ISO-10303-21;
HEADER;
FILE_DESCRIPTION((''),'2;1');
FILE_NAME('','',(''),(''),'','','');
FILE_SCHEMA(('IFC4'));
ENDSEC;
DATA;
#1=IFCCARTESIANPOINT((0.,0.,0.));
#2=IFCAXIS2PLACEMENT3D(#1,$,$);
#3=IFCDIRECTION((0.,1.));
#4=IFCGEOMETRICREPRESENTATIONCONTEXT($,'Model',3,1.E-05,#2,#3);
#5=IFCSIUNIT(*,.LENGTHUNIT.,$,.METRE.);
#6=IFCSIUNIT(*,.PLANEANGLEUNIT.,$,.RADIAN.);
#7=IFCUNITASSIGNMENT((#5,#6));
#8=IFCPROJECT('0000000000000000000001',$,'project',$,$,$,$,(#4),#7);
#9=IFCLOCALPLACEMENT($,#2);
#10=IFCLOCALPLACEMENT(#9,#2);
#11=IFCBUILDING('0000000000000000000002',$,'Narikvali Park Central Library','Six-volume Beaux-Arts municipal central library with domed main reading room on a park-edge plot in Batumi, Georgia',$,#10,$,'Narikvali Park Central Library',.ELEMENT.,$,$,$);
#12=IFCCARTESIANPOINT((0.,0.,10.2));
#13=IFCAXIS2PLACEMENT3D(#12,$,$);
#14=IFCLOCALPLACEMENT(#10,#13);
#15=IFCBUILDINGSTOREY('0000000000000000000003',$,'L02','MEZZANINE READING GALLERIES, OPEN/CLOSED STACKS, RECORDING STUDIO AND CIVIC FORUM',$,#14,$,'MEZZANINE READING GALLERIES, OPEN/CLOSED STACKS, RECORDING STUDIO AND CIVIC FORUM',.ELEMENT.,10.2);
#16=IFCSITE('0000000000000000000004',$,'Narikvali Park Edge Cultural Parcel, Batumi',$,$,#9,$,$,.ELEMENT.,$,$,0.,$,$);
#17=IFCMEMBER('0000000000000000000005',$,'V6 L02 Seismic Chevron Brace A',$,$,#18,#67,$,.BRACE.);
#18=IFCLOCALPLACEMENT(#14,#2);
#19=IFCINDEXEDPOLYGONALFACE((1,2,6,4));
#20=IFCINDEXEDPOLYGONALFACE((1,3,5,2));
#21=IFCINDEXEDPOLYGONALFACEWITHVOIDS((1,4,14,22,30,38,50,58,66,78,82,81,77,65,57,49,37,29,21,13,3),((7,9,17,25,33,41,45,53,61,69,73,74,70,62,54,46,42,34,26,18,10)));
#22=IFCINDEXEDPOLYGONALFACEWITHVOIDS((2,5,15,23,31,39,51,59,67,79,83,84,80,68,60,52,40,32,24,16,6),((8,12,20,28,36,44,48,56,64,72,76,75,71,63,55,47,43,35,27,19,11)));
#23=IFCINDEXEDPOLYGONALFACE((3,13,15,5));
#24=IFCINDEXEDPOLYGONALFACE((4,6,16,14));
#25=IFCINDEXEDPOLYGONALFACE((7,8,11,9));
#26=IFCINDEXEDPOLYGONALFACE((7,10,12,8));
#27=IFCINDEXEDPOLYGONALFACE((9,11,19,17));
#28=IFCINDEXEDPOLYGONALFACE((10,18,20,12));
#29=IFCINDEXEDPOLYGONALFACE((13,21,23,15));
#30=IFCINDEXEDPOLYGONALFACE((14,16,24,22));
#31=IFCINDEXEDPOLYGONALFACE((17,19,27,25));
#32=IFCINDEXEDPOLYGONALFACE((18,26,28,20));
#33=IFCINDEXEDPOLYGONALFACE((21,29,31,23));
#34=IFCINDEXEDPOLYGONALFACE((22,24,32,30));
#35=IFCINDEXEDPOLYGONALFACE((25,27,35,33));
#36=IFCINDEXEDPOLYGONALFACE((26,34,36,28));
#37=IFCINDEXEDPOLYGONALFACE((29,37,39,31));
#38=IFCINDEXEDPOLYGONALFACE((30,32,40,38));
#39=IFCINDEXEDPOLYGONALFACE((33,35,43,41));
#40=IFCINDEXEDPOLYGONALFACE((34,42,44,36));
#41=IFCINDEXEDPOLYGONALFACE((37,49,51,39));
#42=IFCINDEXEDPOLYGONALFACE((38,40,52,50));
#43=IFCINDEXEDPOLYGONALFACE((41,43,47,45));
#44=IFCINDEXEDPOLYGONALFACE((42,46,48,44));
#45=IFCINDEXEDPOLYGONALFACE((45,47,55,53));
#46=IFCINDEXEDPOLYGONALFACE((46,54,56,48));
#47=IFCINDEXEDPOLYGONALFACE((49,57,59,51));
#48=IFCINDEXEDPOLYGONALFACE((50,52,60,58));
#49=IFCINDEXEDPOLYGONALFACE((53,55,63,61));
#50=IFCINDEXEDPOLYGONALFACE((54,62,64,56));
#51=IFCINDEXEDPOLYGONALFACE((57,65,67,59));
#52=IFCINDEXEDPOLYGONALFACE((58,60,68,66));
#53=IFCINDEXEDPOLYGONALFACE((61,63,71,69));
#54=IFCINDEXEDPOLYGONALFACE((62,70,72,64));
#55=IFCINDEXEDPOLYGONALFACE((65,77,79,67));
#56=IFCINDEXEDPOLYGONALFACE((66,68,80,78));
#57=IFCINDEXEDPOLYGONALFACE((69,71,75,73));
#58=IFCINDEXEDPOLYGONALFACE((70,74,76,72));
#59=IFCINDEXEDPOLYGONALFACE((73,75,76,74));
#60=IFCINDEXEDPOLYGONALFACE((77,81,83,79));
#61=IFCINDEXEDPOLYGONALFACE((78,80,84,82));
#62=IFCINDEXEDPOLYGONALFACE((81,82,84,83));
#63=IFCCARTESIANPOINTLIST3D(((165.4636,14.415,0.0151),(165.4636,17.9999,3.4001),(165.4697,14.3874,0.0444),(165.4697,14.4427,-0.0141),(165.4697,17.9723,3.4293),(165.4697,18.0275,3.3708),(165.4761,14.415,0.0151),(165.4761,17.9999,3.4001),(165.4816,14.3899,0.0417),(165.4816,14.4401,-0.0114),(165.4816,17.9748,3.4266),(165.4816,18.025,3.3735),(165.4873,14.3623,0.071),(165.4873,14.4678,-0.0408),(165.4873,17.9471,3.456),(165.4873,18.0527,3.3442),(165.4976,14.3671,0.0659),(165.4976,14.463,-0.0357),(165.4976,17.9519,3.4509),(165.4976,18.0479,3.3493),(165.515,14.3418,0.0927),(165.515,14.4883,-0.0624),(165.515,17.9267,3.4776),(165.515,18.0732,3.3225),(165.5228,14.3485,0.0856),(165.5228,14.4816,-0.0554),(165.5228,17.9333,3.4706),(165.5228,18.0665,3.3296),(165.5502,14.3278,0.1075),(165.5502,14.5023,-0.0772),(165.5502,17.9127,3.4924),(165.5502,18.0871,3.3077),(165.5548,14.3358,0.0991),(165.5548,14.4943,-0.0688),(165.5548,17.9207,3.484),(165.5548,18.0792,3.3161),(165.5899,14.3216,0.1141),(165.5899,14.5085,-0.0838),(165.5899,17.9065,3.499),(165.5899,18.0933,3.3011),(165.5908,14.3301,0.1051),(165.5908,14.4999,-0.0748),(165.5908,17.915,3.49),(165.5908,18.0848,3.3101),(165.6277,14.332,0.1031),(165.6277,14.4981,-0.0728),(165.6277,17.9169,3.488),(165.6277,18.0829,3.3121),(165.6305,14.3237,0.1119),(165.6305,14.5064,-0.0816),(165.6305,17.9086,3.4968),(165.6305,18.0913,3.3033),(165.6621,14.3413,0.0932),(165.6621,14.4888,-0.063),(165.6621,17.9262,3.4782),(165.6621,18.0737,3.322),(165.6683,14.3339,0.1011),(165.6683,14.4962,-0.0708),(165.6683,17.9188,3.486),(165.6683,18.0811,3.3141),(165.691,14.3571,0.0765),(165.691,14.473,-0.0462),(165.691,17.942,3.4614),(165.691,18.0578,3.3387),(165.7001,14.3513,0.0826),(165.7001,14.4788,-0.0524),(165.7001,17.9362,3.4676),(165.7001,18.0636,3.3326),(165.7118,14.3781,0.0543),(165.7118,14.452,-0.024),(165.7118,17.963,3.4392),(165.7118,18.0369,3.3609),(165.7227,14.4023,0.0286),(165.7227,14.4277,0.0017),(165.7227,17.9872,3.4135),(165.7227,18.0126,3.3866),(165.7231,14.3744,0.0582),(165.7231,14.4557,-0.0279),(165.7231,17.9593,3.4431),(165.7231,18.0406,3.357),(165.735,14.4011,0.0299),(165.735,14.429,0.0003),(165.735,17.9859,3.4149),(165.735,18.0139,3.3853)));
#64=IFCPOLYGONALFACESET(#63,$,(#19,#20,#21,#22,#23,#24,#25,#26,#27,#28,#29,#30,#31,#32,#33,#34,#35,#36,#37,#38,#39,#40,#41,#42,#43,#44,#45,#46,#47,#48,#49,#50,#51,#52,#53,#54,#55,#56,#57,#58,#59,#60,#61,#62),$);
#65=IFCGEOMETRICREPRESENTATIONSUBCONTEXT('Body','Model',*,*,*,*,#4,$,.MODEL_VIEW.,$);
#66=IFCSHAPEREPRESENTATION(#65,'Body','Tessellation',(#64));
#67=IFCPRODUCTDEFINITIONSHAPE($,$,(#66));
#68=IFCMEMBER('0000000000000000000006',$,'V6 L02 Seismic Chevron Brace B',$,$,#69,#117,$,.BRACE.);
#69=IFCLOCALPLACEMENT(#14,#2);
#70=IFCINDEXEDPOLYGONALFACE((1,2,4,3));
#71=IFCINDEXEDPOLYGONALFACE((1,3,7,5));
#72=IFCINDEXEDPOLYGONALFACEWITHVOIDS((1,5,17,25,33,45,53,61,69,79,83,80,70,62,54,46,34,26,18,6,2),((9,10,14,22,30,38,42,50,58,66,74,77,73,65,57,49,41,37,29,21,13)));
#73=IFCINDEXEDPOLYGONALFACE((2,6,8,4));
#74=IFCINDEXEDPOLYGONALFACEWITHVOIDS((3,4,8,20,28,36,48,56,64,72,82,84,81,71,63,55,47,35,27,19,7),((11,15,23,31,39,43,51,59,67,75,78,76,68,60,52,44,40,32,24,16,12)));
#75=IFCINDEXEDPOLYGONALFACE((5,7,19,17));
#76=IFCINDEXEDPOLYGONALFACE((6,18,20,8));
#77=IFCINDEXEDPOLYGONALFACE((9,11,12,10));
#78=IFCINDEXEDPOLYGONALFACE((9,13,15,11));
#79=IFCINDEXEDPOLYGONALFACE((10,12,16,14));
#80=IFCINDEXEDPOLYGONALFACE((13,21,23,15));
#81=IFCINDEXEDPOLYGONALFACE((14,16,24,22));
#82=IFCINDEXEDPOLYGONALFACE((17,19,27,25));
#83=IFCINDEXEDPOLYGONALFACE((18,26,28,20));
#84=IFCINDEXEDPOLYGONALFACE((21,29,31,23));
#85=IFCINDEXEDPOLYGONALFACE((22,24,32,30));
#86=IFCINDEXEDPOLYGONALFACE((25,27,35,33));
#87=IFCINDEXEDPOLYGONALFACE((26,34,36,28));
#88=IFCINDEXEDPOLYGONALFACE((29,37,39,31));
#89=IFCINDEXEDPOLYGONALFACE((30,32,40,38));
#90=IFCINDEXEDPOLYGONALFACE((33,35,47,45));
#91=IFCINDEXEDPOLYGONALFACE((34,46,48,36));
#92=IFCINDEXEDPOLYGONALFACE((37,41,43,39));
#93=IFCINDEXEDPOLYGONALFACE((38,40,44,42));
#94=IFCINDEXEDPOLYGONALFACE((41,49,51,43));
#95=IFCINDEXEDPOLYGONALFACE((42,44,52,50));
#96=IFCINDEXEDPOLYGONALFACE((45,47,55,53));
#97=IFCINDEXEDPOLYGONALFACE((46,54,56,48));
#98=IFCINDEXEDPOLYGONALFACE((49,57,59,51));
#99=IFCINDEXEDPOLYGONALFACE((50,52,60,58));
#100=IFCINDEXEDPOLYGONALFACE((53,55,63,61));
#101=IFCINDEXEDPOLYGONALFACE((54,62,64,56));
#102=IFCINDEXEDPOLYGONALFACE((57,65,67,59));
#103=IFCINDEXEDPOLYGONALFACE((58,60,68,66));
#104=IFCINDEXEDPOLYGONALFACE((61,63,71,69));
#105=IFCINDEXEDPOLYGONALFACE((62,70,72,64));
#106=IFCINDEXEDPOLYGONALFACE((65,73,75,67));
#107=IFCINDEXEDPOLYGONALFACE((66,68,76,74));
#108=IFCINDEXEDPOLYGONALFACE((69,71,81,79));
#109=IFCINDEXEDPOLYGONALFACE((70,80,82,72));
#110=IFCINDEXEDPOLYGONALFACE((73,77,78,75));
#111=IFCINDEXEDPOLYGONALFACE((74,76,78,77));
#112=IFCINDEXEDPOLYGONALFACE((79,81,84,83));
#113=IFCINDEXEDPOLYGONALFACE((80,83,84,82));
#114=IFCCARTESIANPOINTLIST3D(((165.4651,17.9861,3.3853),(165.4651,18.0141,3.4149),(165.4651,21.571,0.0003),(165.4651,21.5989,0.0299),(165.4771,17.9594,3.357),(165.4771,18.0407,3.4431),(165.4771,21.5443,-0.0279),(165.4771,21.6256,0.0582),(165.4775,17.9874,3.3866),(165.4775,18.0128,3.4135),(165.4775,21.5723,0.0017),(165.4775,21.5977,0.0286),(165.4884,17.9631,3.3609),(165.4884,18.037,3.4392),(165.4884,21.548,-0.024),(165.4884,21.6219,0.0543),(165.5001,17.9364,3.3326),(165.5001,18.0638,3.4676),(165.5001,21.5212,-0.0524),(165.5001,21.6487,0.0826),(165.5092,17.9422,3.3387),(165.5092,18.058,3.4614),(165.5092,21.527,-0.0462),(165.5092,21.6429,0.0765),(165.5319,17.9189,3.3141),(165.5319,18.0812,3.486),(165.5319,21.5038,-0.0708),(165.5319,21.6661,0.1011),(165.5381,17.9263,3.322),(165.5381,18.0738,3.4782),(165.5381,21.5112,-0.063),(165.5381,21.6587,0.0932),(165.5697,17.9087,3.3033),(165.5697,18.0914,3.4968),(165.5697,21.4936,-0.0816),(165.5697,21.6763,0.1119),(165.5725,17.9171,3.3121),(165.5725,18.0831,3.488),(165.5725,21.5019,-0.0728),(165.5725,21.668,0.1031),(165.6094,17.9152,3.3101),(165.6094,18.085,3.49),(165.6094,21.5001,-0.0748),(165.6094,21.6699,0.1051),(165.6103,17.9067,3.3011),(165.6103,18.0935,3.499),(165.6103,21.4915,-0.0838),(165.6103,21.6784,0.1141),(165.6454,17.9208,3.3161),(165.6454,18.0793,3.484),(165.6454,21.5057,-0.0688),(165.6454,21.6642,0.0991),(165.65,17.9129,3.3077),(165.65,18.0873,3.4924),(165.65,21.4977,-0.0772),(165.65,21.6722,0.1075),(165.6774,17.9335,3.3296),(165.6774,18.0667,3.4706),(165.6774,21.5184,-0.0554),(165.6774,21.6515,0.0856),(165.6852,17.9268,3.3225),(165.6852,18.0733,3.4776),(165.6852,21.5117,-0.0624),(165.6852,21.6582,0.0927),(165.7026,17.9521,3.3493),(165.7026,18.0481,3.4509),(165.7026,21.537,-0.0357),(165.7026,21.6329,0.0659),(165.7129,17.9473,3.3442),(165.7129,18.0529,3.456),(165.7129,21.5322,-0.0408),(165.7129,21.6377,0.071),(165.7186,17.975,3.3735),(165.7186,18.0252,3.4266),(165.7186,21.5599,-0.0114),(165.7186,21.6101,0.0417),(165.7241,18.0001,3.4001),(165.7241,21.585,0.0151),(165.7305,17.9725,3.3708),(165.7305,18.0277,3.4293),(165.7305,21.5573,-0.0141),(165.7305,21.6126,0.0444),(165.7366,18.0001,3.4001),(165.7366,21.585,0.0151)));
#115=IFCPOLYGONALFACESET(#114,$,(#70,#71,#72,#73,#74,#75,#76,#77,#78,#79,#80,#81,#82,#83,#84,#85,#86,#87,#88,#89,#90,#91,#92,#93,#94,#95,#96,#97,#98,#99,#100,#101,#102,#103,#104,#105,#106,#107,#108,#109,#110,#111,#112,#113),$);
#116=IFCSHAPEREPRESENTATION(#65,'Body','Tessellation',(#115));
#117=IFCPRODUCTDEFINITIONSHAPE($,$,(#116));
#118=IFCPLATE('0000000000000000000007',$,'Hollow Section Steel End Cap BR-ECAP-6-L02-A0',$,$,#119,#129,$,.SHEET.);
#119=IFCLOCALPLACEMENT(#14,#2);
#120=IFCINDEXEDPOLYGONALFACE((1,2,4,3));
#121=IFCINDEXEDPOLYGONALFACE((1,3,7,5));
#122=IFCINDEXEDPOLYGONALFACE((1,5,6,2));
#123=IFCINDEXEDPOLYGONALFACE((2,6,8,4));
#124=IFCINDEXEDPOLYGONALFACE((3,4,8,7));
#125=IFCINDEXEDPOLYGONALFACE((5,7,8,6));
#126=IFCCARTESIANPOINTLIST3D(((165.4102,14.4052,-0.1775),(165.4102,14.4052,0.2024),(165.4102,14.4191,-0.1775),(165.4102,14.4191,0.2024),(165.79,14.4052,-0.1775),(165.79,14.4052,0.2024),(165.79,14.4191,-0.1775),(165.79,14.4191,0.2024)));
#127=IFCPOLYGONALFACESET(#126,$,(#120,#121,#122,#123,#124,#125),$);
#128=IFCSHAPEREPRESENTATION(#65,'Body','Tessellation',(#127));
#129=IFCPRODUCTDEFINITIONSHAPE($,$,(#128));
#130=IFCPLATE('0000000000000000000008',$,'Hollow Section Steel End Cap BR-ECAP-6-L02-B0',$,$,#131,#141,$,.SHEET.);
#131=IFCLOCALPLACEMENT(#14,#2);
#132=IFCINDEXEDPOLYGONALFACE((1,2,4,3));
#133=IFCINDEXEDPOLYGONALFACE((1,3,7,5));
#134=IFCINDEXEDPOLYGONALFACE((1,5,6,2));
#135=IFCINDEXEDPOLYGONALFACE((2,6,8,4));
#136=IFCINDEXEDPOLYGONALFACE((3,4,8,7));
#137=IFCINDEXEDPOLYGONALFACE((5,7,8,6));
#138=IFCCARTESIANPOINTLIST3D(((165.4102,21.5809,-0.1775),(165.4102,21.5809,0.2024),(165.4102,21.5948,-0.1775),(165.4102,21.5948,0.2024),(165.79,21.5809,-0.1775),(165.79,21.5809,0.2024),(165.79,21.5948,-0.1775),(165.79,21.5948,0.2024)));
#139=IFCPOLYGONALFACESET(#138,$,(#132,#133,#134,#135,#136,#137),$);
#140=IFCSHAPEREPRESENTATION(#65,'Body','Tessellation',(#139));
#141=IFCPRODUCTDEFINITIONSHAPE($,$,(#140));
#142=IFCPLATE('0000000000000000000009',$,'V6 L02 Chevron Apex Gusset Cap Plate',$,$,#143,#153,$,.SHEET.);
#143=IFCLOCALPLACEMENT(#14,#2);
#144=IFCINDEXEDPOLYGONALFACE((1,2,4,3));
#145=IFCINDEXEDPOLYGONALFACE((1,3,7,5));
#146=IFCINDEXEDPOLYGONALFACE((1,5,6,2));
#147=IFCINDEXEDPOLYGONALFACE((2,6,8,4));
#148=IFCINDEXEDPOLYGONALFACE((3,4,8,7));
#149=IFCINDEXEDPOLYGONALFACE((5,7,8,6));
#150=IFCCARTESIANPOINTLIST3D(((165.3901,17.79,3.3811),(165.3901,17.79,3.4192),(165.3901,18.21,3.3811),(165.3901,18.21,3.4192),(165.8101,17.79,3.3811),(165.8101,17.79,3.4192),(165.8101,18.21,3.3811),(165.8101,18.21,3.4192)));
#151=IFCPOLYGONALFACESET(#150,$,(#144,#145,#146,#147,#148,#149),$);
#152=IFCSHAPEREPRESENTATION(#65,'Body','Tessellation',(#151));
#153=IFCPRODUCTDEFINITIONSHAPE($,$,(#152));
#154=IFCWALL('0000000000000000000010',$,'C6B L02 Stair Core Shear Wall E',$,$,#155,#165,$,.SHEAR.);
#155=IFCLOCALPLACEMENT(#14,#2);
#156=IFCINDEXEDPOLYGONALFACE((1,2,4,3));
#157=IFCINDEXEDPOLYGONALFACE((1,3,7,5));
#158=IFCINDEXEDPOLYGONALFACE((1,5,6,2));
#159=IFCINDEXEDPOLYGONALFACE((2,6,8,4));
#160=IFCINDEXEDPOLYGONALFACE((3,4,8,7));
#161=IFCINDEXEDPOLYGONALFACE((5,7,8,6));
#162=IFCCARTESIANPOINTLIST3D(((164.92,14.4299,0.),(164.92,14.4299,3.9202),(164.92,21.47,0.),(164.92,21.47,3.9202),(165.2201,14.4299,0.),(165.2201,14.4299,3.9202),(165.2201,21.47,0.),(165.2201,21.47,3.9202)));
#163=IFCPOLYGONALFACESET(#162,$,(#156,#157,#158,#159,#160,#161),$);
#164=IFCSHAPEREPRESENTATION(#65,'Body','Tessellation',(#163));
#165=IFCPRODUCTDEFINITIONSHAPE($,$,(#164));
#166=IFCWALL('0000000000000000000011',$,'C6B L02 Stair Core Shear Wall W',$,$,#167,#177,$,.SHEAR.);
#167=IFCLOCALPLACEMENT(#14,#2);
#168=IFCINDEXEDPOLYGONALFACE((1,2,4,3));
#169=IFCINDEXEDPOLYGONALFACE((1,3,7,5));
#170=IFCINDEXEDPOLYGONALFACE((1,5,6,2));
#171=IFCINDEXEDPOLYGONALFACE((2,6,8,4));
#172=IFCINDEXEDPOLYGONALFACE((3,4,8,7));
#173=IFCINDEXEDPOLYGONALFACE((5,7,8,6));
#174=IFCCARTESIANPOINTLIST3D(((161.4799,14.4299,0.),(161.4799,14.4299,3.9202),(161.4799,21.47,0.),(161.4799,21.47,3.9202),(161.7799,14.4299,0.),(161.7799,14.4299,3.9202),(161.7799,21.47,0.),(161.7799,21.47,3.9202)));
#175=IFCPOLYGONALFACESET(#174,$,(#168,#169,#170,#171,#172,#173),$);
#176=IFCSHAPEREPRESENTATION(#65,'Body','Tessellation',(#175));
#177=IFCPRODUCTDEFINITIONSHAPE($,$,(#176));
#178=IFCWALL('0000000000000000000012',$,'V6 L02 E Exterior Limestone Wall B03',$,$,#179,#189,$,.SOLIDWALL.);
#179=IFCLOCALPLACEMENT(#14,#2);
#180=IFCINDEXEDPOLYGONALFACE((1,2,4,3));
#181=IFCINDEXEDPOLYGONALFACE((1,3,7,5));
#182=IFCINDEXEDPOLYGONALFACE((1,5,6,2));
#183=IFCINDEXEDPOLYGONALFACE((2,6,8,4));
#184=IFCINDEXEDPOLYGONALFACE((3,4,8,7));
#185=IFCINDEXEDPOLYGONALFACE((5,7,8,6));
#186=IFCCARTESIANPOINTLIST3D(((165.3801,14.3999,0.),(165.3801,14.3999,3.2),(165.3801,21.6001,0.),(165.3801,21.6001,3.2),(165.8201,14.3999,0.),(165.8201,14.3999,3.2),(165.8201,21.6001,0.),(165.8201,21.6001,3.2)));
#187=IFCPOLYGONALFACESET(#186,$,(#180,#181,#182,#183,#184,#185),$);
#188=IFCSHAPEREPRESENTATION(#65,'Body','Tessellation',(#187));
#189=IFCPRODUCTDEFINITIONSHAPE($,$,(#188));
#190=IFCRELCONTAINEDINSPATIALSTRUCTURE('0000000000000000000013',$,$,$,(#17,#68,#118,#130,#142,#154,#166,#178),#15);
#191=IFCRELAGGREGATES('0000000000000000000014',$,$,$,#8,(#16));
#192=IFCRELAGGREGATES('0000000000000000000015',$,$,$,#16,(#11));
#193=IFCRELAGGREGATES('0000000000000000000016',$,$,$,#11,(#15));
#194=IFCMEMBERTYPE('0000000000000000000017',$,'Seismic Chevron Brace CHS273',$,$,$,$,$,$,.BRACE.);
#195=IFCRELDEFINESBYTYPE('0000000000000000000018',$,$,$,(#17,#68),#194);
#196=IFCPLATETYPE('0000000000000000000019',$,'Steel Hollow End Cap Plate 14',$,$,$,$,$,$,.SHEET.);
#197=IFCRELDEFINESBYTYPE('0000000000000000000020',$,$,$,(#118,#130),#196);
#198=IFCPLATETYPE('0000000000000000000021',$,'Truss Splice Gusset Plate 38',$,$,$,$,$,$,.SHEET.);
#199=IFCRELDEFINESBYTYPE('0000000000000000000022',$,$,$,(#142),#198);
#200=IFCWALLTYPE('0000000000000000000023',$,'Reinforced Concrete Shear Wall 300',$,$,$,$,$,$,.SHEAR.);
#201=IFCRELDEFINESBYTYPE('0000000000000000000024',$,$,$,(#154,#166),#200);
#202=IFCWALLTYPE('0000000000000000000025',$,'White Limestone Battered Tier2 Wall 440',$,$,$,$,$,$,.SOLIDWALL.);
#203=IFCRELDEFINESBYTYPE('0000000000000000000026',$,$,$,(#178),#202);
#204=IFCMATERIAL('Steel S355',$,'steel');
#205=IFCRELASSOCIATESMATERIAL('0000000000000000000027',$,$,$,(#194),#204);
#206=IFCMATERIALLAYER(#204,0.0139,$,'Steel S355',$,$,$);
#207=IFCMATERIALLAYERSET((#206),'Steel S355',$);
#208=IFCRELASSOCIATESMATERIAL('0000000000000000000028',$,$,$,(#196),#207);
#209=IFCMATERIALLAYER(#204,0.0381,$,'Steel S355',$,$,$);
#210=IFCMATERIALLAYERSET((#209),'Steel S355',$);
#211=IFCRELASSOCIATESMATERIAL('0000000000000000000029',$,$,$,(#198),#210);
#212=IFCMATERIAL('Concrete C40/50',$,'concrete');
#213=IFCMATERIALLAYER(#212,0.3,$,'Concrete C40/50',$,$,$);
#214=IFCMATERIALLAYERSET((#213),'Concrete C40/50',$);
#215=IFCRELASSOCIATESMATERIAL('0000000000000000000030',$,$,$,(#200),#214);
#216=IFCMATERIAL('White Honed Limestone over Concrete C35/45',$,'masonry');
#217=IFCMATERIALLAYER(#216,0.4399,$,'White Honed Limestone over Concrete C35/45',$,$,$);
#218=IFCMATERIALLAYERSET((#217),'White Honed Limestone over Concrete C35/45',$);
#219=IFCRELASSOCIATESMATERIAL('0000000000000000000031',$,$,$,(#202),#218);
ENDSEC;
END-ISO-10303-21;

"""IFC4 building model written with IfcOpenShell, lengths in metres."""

from ifc_helpers import new_model, si_unit, direction, frame, frame_2d, origin, origin_2d, place, context, subcontext, project, spatial, rectangle, hollow_circle, extrude, material, layer, layer_set, material_profile, profile_set, type_object, element, save


model = new_model("IFC4")

# Units and contexts
model_context = context("Model", 3, precision=1e-05, world=origin(), true_north=direction((0.0, 1.0)))
body_context = subcontext(model_context, "Body", "Model", "MODEL_VIEW")
ifc_project = project(units=[si_unit("LENGTHUNIT", "METRE"), si_unit("PLANEANGLEUNIT", "RADIAN")], contexts=[model_context])

# Site, building, storey
site_placement = place(None, origin())
site = spatial("IfcSite", under=ifc_project, at=site_placement, Name="Narikvali Park Edge Cultural Parcel, Batumi", CompositionType="ELEMENT", RefElevation=0.0)
building_placement = place(site_placement, origin())
building = spatial("IfcBuilding", under=site, at=building_placement, Name="Narikvali Park Central Library", Description="Six-volume Beaux-Arts municipal central library with domed main reading room on a park-edge plot in Batumi, Georgia", LongName="Narikvali Park Central Library", CompositionType="ELEMENT")
storey_placement = place(building_placement, frame((0.0, 0.0, 10.2)))
storey = spatial("IfcBuildingStorey", under=building, at=storey_placement, Name="L02", Description="MEZZANINE READING GALLERIES, OPEN/CLOSED STACKS, RECORDING STUDIO AND CIVIC FORUM", LongName="MEZZANINE READING GALLERIES, OPEN/CLOSED STACKS, RECORDING STUDIO AND CIVIC FORUM", CompositionType="ELEMENT", Elevation=10.2)

# Shared definitions
ifc_material_1 = material(Name="Steel S355", Category="steel")

# Members
ifc_material_profile_1 = material_profile(ifc_material_1, hollow_circle(Radius=0.1365, WallThickness=0.0125, at=origin_2d()), Name="CHS 273x12.5")
ifc_profile_set_1 = profile_set([ifc_material_profile_1], Name="Steel S355")
member_type = type_object("IfcMemberType", Name="Seismic Chevron Brace CHS273", PredefinedType="BRACE", material=ifc_profile_set_1)
for number, where, z_axis, x_axis, name in (
    (1, (165.6001, 14.415, 0.0151), (0.0, 0.727093, 0.686539), (-1.0, 0.0, 0.0), "V6 L02 Seismic Chevron Brace A"),
    (2, (165.6001, 21.585, 0.0151), (0.0, -0.727093, 0.686539), (1.0, 0.0, 0.0), "V6 L02 Seismic Chevron Brace B"),
):
    element("IfcMember", number, at=place(storey_placement, frame(where, z_axis=z_axis, x_axis=x_axis)), inside=storey, type_object=member_type, Name=name, PredefinedType="BRACE", context=body_context, shape_type="SweptSolid", body=[
        extrude(hollow_circle(Radius=0.1365, WallThickness=0.0125, at=origin_2d()), origin(), (0.0, 0.0, 1.0), 4.9304),
    ])

# Plates
ifc_layer_1 = layer(ifc_material_1, 0.0139, Name="Steel S355")
ifc_layer_set_1 = layer_set([ifc_layer_1], Name="Steel S355")
plate_type_1 = type_object("IfcPlateType", Name="Steel Hollow End Cap Plate 14", PredefinedType="SHEET", material=ifc_layer_set_1)
for number, where, z_axis, x_axis, name in (
    (3, (165.6001, 14.4121, -0.1775), (0.0, 0.0, 1.0), (-1.0, 0.0, 0.0), "Hollow Section Steel End Cap BR-ECAP-6-L02-A0"),
    (4, (165.6001, 21.5879, -0.1775), (0.0, 0.0, 1.0), (1.0, 0.0, 0.0), "Hollow Section Steel End Cap BR-ECAP-6-L02-B0"),
):
    element("IfcPlate", number, at=place(storey_placement, frame(where, z_axis=z_axis, x_axis=x_axis)), inside=storey, type_object=plate_type_1, Name=name, PredefinedType="SHEET", context=body_context, shape_type="SweptSolid", body=[
        extrude(rectangle(XDim=0.3799, YDim=0.0139, at=origin_2d()), origin(), (0.0, 0.0, 1.0), 0.3799),
    ])
ifc_layer_2 = layer(ifc_material_1, 0.0381, Name="Steel S355")
ifc_layer_set_2 = layer_set([ifc_layer_2], Name="Steel S355")
plate_type_2 = type_object("IfcPlateType", Name="Truss Splice Gusset Plate 38", PredefinedType="SHEET", material=ifc_layer_set_2)
plate_placement = place(storey_placement, frame((165.6001, 18.0, 3.3811), z_axis=(0.0, 0.0, 1.0), x_axis=(1.0, 0.0, 0.0)))
element("IfcPlate", 5, at=plate_placement, inside=storey, type_object=plate_type_2, Name="V6 L02 Chevron Apex Gusset Cap Plate", PredefinedType="SHEET", context=body_context, shape_type="SweptSolid", body=[
    extrude(rectangle(XDim=0.4199, YDim=0.4199, at=origin_2d()), origin(), (0.0, 0.0, 1.0), 0.0381),
])

# Wall
ifc_material_2 = material(Name="Concrete C40/50", Category="concrete")
ifc_layer_3 = layer(ifc_material_2, 0.3, Name="Concrete C40/50")
ifc_layer_set_3 = layer_set([ifc_layer_3], Name="Concrete C40/50")
wall_type_1 = type_object("IfcWallType", Name="Reinforced Concrete Shear Wall 300", PredefinedType="SHEAR", material=ifc_layer_set_3)
wall_1_placement = place(storey_placement, frame((165.0701, 14.4299, 0.0), z_axis=(0.0, 0.0, 1.0), x_axis=(0.0, 1.0, 0.0)))
element("IfcWall", 6, at=wall_1_placement, inside=storey, type_object=wall_type_1, Name="C6B L02 Stair Core Shear Wall E", PredefinedType="SHEAR", context=body_context, shape_type="SweptSolid", body=[
    extrude(rectangle(XDim=7.04, YDim=0.3, at=frame_2d((3.52, 0.0))), origin(), (0.0, 0.0, 1.0), 3.9202),
])

# Walls
wall_2_placement = place(storey_placement, frame((161.6299, 21.47, 0.0), z_axis=(0.0, 0.0, 1.0), x_axis=(0.0, -1.0, 0.0)))
element("IfcWall", 7, at=wall_2_placement, inside=storey, type_object=wall_type_1, Name="C6B L02 Stair Core Shear Wall W", PredefinedType="SHEAR", context=body_context, shape_type="SweptSolid", body=[
    extrude(rectangle(XDim=7.04, YDim=0.3, at=frame_2d((3.52, 0.0))), origin(), (0.0, 0.0, 1.0), 3.9202),
])
ifc_material_3 = material(Name="White Honed Limestone over Concrete C35/45", Category="masonry")
ifc_layer_4 = layer(ifc_material_3, 0.4399, Name="White Honed Limestone over Concrete C35/45")
ifc_layer_set_4 = layer_set([ifc_layer_4], Name="White Honed Limestone over Concrete C35/45")
wall_type_2 = type_object("IfcWallType", Name="White Limestone Battered Tier2 Wall 440", PredefinedType="SOLIDWALL", material=ifc_layer_set_4)
wall_3_placement = place(storey_placement, frame((165.6001, 14.3999, 0.0), z_axis=(0.0, 0.0, 1.0), x_axis=(0.0, 1.0, 0.0)))
element("IfcWall", 8, at=wall_3_placement, inside=storey, type_object=wall_type_2, Name="V6 L02 E Exterior Limestone Wall B03", PredefinedType="SOLIDWALL", context=body_context, shape_type="SweptSolid", body=[
    extrude(rectangle(XDim=7.2002, YDim=0.4399, at=frame_2d((3.6001, 0.0))), origin(), (0.0, 0.0, 1.0), 3.2),
])

save(model, "model.ifc")
